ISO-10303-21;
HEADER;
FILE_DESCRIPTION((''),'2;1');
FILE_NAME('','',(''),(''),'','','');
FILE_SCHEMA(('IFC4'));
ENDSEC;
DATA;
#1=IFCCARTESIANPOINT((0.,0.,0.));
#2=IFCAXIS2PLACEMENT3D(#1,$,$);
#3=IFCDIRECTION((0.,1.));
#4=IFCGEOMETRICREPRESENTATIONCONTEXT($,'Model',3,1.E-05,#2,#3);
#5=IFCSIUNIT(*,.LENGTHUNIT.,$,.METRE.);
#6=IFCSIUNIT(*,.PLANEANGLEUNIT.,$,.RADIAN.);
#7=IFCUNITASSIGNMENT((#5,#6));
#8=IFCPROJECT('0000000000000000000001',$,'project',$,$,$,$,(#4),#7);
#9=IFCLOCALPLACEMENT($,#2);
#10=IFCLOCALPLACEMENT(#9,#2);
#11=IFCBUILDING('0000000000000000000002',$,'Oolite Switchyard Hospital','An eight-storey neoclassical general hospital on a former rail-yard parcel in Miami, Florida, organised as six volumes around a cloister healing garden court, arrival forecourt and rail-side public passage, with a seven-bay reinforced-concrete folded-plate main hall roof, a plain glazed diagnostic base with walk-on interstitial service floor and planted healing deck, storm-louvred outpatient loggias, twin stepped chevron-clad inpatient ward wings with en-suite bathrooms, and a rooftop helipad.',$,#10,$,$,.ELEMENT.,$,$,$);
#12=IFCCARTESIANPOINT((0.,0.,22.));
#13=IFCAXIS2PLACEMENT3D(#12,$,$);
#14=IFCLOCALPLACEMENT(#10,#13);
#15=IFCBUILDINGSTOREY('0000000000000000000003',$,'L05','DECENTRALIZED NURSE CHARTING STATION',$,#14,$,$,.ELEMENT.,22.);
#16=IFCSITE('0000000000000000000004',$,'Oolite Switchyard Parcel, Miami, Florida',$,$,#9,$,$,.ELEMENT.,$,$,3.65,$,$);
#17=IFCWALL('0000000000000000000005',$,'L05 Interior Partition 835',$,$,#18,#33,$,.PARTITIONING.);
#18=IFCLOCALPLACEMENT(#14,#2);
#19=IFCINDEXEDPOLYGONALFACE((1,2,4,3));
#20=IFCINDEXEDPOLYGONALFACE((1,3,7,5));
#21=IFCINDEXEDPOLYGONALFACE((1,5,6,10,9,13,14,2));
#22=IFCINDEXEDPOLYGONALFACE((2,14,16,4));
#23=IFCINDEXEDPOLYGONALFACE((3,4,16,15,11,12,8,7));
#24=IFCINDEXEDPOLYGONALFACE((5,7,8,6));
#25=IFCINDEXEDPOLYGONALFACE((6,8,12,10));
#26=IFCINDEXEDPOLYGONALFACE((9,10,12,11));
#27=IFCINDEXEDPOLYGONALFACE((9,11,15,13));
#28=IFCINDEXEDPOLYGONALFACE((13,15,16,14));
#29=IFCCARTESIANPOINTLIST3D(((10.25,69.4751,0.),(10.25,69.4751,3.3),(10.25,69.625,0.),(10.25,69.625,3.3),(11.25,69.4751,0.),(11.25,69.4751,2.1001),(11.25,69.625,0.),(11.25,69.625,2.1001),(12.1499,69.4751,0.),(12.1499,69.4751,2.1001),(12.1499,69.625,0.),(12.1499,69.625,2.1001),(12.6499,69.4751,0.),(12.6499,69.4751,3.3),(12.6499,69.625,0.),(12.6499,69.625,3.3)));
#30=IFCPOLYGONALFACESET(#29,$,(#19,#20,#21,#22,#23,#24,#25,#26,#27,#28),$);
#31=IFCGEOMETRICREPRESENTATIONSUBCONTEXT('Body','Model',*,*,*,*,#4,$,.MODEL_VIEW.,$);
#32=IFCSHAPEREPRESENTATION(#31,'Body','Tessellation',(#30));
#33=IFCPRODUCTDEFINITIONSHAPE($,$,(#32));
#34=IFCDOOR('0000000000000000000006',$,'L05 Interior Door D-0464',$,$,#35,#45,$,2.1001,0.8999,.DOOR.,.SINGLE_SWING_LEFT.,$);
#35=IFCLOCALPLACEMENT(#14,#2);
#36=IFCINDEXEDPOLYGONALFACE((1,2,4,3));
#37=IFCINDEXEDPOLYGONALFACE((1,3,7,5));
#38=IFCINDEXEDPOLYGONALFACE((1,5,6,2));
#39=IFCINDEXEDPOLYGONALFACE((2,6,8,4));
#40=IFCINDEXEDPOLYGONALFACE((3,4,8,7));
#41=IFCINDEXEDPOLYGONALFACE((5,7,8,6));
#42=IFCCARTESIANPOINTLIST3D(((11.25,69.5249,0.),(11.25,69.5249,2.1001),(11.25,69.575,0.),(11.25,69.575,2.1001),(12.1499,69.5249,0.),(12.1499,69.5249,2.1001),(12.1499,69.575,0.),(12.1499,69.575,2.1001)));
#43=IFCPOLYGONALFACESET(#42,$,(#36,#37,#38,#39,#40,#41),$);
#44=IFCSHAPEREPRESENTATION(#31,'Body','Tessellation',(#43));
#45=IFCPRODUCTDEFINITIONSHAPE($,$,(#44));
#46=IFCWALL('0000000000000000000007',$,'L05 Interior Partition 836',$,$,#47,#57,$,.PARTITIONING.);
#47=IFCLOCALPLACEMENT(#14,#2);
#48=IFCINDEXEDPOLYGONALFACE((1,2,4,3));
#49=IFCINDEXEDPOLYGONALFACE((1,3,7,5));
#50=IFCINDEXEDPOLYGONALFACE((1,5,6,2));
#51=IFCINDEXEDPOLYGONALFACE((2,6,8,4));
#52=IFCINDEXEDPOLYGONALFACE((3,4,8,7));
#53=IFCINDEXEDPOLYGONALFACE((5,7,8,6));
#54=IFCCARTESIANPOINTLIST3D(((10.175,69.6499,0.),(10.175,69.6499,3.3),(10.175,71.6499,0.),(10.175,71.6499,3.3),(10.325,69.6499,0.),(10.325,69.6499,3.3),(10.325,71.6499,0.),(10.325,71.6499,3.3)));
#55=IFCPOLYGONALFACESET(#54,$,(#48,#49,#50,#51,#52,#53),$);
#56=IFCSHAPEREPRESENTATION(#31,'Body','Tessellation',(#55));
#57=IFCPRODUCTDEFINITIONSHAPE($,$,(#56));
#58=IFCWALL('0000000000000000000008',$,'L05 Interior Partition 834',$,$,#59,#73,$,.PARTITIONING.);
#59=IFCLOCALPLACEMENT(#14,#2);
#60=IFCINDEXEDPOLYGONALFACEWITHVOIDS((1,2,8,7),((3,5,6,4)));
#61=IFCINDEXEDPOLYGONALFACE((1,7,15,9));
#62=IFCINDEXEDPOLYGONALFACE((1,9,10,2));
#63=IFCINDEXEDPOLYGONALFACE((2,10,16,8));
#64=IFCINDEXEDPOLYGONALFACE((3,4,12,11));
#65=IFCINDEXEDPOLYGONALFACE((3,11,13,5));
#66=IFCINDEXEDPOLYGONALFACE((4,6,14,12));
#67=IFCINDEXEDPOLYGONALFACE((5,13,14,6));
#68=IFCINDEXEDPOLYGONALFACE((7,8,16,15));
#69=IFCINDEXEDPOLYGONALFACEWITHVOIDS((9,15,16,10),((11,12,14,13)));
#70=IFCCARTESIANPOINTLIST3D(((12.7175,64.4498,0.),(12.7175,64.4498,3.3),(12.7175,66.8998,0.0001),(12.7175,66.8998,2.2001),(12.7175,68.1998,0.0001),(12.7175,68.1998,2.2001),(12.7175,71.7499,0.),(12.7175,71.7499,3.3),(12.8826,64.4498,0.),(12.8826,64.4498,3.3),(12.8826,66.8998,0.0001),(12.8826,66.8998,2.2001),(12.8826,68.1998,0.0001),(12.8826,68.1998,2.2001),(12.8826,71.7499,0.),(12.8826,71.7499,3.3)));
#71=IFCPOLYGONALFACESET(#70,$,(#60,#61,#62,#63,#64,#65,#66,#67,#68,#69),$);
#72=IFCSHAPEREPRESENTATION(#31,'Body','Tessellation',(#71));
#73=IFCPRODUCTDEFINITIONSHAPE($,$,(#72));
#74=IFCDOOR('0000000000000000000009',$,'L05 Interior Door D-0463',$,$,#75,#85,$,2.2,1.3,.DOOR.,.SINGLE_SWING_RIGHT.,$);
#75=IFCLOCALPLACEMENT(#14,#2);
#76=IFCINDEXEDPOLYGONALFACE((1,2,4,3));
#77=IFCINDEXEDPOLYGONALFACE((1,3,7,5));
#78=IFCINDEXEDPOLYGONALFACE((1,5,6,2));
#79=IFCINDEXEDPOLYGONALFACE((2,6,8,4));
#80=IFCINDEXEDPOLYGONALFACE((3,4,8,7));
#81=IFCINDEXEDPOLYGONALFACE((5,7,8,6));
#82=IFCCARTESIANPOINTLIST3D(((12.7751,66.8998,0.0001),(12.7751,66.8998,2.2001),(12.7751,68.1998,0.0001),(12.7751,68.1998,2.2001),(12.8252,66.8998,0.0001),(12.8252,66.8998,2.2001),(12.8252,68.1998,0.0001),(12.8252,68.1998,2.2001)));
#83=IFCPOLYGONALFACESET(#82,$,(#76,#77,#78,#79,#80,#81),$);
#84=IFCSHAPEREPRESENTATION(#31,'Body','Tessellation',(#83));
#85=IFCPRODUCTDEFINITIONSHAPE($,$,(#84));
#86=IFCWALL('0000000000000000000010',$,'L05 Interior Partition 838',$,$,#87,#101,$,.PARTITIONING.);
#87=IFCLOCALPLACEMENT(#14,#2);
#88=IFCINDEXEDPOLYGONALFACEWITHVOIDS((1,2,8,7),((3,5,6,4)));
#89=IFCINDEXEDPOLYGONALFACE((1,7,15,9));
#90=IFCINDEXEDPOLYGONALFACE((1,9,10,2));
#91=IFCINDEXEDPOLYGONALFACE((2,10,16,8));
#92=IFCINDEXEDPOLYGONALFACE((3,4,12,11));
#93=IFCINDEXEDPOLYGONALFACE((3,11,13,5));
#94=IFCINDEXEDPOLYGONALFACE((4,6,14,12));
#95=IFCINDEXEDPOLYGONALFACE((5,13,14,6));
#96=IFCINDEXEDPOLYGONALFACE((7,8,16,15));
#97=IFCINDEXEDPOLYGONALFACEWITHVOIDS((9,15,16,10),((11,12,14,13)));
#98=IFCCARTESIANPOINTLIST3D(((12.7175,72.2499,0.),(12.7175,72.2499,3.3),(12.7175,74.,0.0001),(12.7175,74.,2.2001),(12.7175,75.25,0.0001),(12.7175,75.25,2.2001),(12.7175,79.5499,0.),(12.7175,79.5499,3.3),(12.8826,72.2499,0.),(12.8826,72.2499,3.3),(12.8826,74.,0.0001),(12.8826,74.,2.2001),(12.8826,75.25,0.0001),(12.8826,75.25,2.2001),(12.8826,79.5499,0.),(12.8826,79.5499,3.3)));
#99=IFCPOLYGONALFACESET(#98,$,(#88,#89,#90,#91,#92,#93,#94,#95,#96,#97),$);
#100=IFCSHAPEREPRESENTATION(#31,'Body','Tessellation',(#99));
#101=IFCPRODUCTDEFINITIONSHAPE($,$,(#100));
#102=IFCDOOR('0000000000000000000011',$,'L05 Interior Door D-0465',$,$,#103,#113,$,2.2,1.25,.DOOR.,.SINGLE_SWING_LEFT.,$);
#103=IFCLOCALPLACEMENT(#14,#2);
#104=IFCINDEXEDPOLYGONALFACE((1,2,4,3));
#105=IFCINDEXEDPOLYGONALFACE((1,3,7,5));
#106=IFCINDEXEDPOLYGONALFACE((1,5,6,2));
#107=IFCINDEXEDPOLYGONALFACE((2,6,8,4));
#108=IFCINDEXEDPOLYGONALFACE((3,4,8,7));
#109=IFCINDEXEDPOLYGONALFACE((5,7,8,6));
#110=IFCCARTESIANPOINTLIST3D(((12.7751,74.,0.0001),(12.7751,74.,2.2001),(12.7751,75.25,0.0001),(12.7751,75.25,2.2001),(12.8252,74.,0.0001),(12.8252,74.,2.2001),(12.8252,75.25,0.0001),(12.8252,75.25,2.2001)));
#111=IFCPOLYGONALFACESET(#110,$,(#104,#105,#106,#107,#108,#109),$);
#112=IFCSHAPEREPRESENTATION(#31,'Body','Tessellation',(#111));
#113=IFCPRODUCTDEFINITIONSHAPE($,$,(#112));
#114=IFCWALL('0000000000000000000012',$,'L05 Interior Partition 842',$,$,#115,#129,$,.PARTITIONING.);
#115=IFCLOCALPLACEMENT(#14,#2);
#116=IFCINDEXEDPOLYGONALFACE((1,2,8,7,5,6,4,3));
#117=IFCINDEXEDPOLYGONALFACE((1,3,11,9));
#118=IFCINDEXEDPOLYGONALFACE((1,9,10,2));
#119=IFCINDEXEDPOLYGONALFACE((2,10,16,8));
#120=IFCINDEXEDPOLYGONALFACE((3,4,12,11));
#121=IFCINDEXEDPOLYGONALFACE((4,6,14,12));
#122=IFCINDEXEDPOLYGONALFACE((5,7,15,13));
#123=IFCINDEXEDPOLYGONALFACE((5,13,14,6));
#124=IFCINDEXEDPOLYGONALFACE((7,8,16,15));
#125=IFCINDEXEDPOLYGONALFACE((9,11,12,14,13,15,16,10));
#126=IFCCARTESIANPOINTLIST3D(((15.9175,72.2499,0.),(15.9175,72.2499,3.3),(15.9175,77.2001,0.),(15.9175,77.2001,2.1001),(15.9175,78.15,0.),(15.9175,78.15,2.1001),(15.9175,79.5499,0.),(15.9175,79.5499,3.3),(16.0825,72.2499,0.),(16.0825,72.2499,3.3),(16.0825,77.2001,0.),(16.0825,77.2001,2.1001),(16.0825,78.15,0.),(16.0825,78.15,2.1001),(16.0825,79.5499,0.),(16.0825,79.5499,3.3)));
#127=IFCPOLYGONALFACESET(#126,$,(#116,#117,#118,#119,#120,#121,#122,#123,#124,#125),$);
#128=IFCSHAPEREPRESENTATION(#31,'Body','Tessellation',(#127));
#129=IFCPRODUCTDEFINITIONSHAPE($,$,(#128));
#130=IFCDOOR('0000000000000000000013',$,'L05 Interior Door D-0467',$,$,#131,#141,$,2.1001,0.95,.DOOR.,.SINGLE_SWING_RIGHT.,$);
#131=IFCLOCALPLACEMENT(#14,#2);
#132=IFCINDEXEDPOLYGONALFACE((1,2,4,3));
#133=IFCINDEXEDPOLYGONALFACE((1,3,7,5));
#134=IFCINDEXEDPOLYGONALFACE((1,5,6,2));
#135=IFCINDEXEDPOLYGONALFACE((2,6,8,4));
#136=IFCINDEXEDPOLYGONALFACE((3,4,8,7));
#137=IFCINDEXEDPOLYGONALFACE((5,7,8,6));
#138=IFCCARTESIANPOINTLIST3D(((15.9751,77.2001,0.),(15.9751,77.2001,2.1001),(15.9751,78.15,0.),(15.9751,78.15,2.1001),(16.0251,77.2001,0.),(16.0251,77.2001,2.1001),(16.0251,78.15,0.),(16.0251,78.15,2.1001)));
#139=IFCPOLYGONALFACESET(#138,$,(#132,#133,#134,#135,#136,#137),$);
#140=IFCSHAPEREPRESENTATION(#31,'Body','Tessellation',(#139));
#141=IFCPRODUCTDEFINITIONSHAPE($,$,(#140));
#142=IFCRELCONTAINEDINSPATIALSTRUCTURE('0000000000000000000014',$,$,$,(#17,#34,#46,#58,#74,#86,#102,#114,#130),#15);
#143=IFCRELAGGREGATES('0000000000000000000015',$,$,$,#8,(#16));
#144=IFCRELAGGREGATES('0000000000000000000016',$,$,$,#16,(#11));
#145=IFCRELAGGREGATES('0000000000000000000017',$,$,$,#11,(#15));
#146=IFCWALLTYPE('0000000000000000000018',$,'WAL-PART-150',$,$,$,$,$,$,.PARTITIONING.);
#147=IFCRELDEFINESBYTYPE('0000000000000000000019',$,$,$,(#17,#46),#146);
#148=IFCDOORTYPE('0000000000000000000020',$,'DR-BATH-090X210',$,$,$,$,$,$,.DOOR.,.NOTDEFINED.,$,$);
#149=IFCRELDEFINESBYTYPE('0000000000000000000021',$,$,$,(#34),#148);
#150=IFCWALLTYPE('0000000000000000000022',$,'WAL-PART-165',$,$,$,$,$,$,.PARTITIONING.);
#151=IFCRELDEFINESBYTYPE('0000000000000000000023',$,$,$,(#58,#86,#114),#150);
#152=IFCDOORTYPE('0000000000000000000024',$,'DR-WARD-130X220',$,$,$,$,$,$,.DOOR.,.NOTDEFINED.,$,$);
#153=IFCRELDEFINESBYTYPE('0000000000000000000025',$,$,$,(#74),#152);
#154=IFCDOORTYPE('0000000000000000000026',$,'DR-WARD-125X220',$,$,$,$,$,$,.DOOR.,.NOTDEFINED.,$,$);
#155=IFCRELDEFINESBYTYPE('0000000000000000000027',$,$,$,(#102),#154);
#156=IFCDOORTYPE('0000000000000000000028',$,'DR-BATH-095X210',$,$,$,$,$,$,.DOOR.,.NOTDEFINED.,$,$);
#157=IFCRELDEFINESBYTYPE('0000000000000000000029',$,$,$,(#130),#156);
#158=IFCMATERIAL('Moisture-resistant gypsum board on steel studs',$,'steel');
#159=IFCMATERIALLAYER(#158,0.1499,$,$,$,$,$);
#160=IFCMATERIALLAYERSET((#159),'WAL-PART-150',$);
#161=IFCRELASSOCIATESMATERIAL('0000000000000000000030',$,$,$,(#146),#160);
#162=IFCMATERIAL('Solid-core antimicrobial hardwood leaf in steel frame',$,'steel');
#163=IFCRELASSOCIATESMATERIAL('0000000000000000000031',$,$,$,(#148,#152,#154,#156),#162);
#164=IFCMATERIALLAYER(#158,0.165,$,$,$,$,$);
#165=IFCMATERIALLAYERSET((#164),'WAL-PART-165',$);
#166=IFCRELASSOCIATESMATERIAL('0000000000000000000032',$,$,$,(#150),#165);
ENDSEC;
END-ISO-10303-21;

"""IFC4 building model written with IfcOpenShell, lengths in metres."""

from ifc_helpers import new_model, si_unit, direction, frame, frame_2d, origin, place, context, subcontext, project, spatial, rectangle, extrude, material, layer, layer_set, type_object, element, fill, save


model = new_model("IFC4")

# Units and contexts
model_context = context("Model", 3, precision=1e-05, world=origin(), true_north=direction((0.0, 1.0)))
body_context = subcontext(model_context, "Body", "Model", "MODEL_VIEW")
ifc_project = project(units=[si_unit("LENGTHUNIT", "METRE"), si_unit("PLANEANGLEUNIT", "RADIAN")], contexts=[model_context])

# Site, building, storey
site_placement = place(None, origin())
site = spatial("IfcSite", under=ifc_project, at=site_placement, Name="Oolite Switchyard Parcel, Miami, Florida", CompositionType="ELEMENT", RefElevation=3.65)
building_placement = place(site_placement, origin())
building = spatial("IfcBuilding", under=site, at=building_placement, Name="Oolite Switchyard Hospital", Description="An eight-storey neoclassical general hospital on a former rail-yard parcel in Miami, Florida, organised as six volumes around a cloister healing garden court, arrival forecourt and rail-side public passage, with a seven-bay reinforced-concrete folded-plate main hall roof, a plain glazed diagnostic base with walk-on interstitial service floor and planted healing deck, storm-louvred outpatient loggias, twin stepped chevron-clad inpatient ward wings with en-suite bathrooms, and a rooftop helipad.", CompositionType="ELEMENT")
storey_placement = place(building_placement, frame((0.0, 0.0, 22.0)))
storey = spatial("IfcBuildingStorey", under=building, at=storey_placement, Name="L05", Description="DECENTRALIZED NURSE CHARTING STATION", CompositionType="ELEMENT", Elevation=22.0)

# Shared definitions
ifc_material_1 = material(Name="Moisture-resistant gypsum board on steel studs", Category="steel")

# Wall, opening, door
ifc_layer_1 = layer(ifc_material_1, 0.1499)
ifc_layer_set_1 = layer_set([ifc_layer_1], Name="WAL-PART-150")
wall_type_1 = type_object("IfcWallType", Name="WAL-PART-150", PredefinedType="PARTITIONING", material=ifc_layer_set_1)
wall_1_placement = place(storey_placement, frame((10.25, 69.55, 0.0), z_axis=(0.0, 0.0, 1.0), x_axis=(1.0, 0.0, 0.0)))
wall_1 = element("IfcWall", 1, at=wall_1_placement, inside=storey, type_object=wall_type_1, Name="L05 Interior Partition 835", PredefinedType="PARTITIONING", context=body_context, shape_type="SweptSolid", body=[
    extrude(rectangle(XDim=2.3999, YDim=0.1499, at=frame_2d((1.2, 0.0))), origin(), (0.0, 0.0, 1.0), 3.3),
])
opening_1_placement = place(wall_1_placement, frame((1.0, 0.0, 0.0)))
opening_1 = element("IfcOpeningElement", 2, at=opening_1_placement, cuts=wall_1, PredefinedType="OPENING", context=body_context, shape_type="SweptSolid", body=[
    extrude(rectangle(XDim=0.8999, YDim=2.1001, at=frame_2d((0.45, 1.05))), frame((0.0, 0.085, 0.0), z_axis=(0.0, -1.0, 0.0), x_axis=(1.0, 0.0, 0.0)), (0.0, 0.0, 1.0), 0.1699),
])
ifc_material_2 = material(Name="Solid-core antimicrobial hardwood leaf in steel frame", Category="steel")
door_type_1 = type_object("IfcDoorType", Name="DR-BATH-090X210", OperationType="NOTDEFINED", PredefinedType="DOOR", material=ifc_material_2)
door_1_placement = place(opening_1_placement, origin())
door_1 = element("IfcDoor", 3, at=door_1_placement, inside=storey, type_object=door_type_1, Name="L05 Interior Door D-0464", OperationType="SINGLE_SWING_LEFT", OverallHeight=2.1001, OverallWidth=0.8999, PredefinedType="DOOR", context=body_context, shape_type="SweptSolid", body=[
    extrude(rectangle(XDim=0.8999, YDim=2.1001, at=frame_2d((0.45, 1.05))), frame((0.0, 0.0249, 0.0), z_axis=(0.0, -1.0, 0.0), x_axis=(1.0, 0.0, 0.0)), (0.0, 0.0, 1.0), 0.05),
])
fill(opening_1, door_1)

# Wall
wall_2_placement = place(storey_placement, frame((10.25, 69.6499, 0.0), z_axis=(0.0, 0.0, 1.0), x_axis=(0.0, 1.0, 0.0)))
element("IfcWall", 4, at=wall_2_placement, inside=storey, type_object=wall_type_1, Name="L05 Interior Partition 836", PredefinedType="PARTITIONING", context=body_context, shape_type="SweptSolid", body=[
    extrude(rectangle(XDim=2.0, YDim=0.1499, at=frame_2d((1.0, 0.0))), origin(), (0.0, 0.0, 1.0), 3.3),
])

# Walls, openings, doors
ifc_layer_2 = layer(ifc_material_1, 0.165)
ifc_layer_set_2 = layer_set([ifc_layer_2], Name="WAL-PART-165")
wall_type_2 = type_object("IfcWallType", Name="WAL-PART-165", PredefinedType="PARTITIONING", material=ifc_layer_set_2)
wall_3_placement = place(storey_placement, frame((12.8, 64.45, 0.0), z_axis=(0.0, 0.0, 1.0), x_axis=(0.0, 1.0, 0.0)))
wall_3 = element("IfcWall", 5, at=wall_3_placement, inside=storey, type_object=wall_type_2, Name="L05 Interior Partition 834", PredefinedType="PARTITIONING", context=body_context, shape_type="SweptSolid", body=[
    extrude(rectangle(XDim=7.3, YDim=0.165, at=frame_2d((3.6499, 0.0))), origin(), (0.0, 0.0, 1.0), 3.3),
])
opening_2_placement = place(wall_3_placement, frame((2.45, 0.0, 0.0)))
opening_2 = element("IfcOpeningElement", 6, at=opening_2_placement, cuts=wall_3, PredefinedType="OPENING", context=body_context, shape_type="SweptSolid", body=[
    extrude(rectangle(XDim=1.3, YDim=2.2, at=frame_2d((0.6499, 1.1001))), frame((0.0, 0.0925, 0.0), z_axis=(0.0, -1.0, 0.0), x_axis=(1.0, 0.0, 0.0)), (0.0, 0.0, 1.0), 0.1851),
])
door_type_2 = type_object("IfcDoorType", Name="DR-WARD-130X220", OperationType="NOTDEFINED", PredefinedType="DOOR", material=ifc_material_2)
door_2_placement = place(opening_2_placement, origin())
door_2 = element("IfcDoor", 7, at=door_2_placement, inside=storey, type_object=door_type_2, Name="L05 Interior Door D-0463", OperationType="SINGLE_SWING_RIGHT", OverallHeight=2.2, OverallWidth=1.3, PredefinedType="DOOR", context=body_context, shape_type="SweptSolid", body=[
    extrude(rectangle(XDim=1.3, YDim=2.2, at=frame_2d((0.6499, 1.1001))), frame((0.0, 0.0249, 0.0), z_axis=(0.0, -1.0, 0.0), x_axis=(1.0, 0.0, 0.0)), (0.0, 0.0, 1.0), 0.05),
])
fill(opening_2, door_2)
wall_4_placement = place(storey_placement, frame((12.8, 72.25, 0.0), z_axis=(0.0, 0.0, 1.0), x_axis=(0.0, 1.0, 0.0)))
wall_4 = element("IfcWall", 8, at=wall_4_placement, inside=storey, type_object=wall_type_2, Name="L05 Interior Partition 838", PredefinedType="PARTITIONING", context=body_context, shape_type="SweptSolid", body=[
    extrude(rectangle(XDim=7.3, YDim=0.165, at=frame_2d((3.6499, 0.0))), origin(), (0.0, 0.0, 1.0), 3.3),
])
opening_3_placement = place(wall_4_placement, frame((1.75, 0.0, 0.0)))
opening_3 = element("IfcOpeningElement", 9, at=opening_3_placement, cuts=wall_4, PredefinedType="OPENING", context=body_context, shape_type="SweptSolid", body=[
    extrude(rectangle(XDim=1.25, YDim=2.2, at=frame_2d((0.625, 1.1001))), frame((0.0, 0.0925, 0.0), z_axis=(0.0, -1.0, 0.0), x_axis=(1.0, 0.0, 0.0)), (0.0, 0.0, 1.0), 0.1851),
])
door_type_3 = type_object("IfcDoorType", Name="DR-WARD-125X220", OperationType="NOTDEFINED", PredefinedType="DOOR", material=ifc_material_2)
door_3_placement = place(opening_3_placement, origin())
door_3 = element("IfcDoor", 10, at=door_3_placement, inside=storey, type_object=door_type_3, Name="L05 Interior Door D-0465", OperationType="SINGLE_SWING_LEFT", OverallHeight=2.2, OverallWidth=1.25, PredefinedType="DOOR", context=body_context, shape_type="SweptSolid", body=[
    extrude(rectangle(XDim=1.25, YDim=2.2, at=frame_2d((0.625, 1.1001))), frame((0.0, 0.0249, 0.0), z_axis=(0.0, -1.0, 0.0), x_axis=(1.0, 0.0, 0.0)), (0.0, 0.0, 1.0), 0.05),
])
fill(opening_3, door_3)
wall_5_placement = place(storey_placement, frame((16.0, 72.25, 0.0), z_axis=(0.0, 0.0, 1.0), x_axis=(0.0, 1.0, 0.0)))
wall_5 = element("IfcWall", 11, at=wall_5_placement, inside=storey, type_object=wall_type_2, Name="L05 Interior Partition 842", PredefinedType="PARTITIONING", context=body_context, shape_type="SweptSolid", body=[
    extrude(rectangle(XDim=7.3, YDim=0.165, at=frame_2d((3.6499, 0.0))), origin(), (0.0, 0.0, 1.0), 3.3),
])
opening_4_placement = place(wall_5_placement, frame((4.95, 0.0, 0.0)))
opening_4 = element("IfcOpeningElement", 12, at=opening_4_placement, cuts=wall_5, PredefinedType="OPENING", context=body_context, shape_type="SweptSolid", body=[
    extrude(rectangle(XDim=0.95, YDim=2.1001, at=frame_2d((0.4751, 1.05))), frame((0.0, 0.0925, 0.0), z_axis=(0.0, -1.0, 0.0), x_axis=(1.0, 0.0, 0.0)), (0.0, 0.0, 1.0), 0.1851),
])
door_type_4 = type_object("IfcDoorType", Name="DR-BATH-095X210", OperationType="NOTDEFINED", PredefinedType="DOOR", material=ifc_material_2)
door_4_placement = place(opening_4_placement, origin())
door_4 = element("IfcDoor", 13, at=door_4_placement, inside=storey, type_object=door_type_4, Name="L05 Interior Door D-0467", OperationType="SINGLE_SWING_RIGHT", OverallHeight=2.1001, OverallWidth=0.95, PredefinedType="DOOR", context=body_context, shape_type="SweptSolid", body=[
    extrude(rectangle(XDim=0.95, YDim=2.1001, at=frame_2d((0.4751, 1.05))), frame((0.0, 0.0249, 0.0), z_axis=(0.0, -1.0, 0.0), x_axis=(1.0, 0.0, 0.0)), (0.0, 0.0, 1.0), 0.05),
])
fill(opening_4, door_4)

save(model, "model.ifc")
